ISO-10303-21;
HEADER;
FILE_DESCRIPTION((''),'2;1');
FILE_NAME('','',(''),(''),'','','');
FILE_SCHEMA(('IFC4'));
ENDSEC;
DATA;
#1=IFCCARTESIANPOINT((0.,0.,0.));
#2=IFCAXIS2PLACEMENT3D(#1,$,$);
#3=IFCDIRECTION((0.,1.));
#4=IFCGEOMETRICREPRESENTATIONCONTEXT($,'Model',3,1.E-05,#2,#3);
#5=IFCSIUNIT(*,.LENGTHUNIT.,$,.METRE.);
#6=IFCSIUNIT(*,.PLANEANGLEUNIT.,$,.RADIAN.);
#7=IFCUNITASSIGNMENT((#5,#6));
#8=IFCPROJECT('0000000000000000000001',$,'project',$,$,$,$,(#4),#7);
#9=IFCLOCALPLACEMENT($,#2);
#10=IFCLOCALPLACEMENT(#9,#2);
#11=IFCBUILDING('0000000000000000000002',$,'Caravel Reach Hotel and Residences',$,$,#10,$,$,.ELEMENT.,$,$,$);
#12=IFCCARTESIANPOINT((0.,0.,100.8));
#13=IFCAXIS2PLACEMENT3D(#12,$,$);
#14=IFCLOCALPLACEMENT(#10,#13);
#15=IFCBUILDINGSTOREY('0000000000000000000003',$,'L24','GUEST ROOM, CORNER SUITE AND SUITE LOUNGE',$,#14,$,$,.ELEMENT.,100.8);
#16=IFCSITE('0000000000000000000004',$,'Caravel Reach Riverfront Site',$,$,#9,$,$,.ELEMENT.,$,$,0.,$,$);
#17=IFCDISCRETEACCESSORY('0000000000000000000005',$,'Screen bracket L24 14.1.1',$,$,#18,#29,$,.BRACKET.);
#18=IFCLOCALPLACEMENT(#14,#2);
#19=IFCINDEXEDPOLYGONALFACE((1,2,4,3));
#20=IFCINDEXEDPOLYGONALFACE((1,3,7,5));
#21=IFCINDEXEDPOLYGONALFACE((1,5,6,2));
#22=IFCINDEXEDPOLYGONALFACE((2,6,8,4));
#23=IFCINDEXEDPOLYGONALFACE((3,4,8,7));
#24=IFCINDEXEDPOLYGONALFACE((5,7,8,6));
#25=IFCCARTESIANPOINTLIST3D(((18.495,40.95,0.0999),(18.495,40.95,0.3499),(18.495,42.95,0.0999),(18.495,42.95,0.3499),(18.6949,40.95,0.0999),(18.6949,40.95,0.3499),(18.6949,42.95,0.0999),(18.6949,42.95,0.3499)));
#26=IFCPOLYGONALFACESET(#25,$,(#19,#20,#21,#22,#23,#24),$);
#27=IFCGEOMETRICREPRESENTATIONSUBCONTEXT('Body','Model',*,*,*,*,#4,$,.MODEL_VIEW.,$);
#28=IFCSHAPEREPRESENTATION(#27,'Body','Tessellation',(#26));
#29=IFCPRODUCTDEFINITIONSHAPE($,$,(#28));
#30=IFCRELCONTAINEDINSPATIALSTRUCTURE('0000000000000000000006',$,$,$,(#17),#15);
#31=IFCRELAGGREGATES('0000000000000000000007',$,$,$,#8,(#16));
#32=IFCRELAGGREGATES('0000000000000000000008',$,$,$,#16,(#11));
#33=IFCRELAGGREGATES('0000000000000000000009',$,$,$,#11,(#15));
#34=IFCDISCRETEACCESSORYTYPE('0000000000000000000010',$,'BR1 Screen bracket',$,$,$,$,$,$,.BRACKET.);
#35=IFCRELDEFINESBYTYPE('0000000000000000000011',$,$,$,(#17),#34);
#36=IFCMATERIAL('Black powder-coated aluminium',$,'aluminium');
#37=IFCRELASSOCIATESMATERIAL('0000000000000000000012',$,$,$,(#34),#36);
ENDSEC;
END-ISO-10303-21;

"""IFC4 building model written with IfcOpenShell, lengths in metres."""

from ifc_helpers import new_model, si_unit, direction, frame, origin, origin_2d, place, context, subcontext, project, spatial, rectangle, extrude, material, type_object, element, save


model = new_model("IFC4")

# Units and contexts
model_context = context("Model", 3, precision=1e-05, world=origin(), true_north=direction((0.0, 1.0)))
body_context = subcontext(model_context, "Body", "Model", "MODEL_VIEW")
ifc_project = project(units=[si_unit("LENGTHUNIT", "METRE"), si_unit("PLANEANGLEUNIT", "RADIAN")], contexts=[model_context])

# Site, building, storey
site_placement = place(None, origin())
site = spatial("IfcSite", under=ifc_project, at=site_placement, Name="Caravel Reach Riverfront Site", CompositionType="ELEMENT", RefElevation=0.0)
building_placement = place(site_placement, origin())
building = spatial("IfcBuilding", under=site, at=building_placement, Name="Caravel Reach Hotel and Residences", CompositionType="ELEMENT")
storey_placement = place(building_placement, frame((0.0, 0.0, 100.8)))
storey = spatial("IfcBuildingStorey", under=building, at=storey_placement, Name="L24", Description="GUEST ROOM, CORNER SUITE AND SUITE LOUNGE", CompositionType="ELEMENT", Elevation=100.8)

# Discrete accessory
ifc_material_1 = material(Name="Black powder-coated aluminium", Category="aluminium")
discrete_accessory_type = type_object("IfcDiscreteAccessoryType", Name="BR1 Screen bracket", PredefinedType="BRACKET", material=ifc_material_1)
for number, where, z_axis, x_axis, name in (
    (1, (18.595, 41.95, 0.0999), (0.0, 0.0, 1.0), (0.0, 1.0, 0.0), "Screen bracket L24 14.1.1"),
):
    element("IfcDiscreteAccessory", number, at=place(storey_placement, frame(where, z_axis=z_axis, x_axis=x_axis)), inside=storey, type_object=discrete_accessory_type, Name=name, PredefinedType="BRACKET", context=body_context, shape_type="SweptSolid", body=[
        extrude(rectangle(XDim=2.0, YDim=0.2, at=origin_2d()), origin(), (0.0, 0.0, 1.0), 0.25),
    ])

save(model, "model.ifc")
